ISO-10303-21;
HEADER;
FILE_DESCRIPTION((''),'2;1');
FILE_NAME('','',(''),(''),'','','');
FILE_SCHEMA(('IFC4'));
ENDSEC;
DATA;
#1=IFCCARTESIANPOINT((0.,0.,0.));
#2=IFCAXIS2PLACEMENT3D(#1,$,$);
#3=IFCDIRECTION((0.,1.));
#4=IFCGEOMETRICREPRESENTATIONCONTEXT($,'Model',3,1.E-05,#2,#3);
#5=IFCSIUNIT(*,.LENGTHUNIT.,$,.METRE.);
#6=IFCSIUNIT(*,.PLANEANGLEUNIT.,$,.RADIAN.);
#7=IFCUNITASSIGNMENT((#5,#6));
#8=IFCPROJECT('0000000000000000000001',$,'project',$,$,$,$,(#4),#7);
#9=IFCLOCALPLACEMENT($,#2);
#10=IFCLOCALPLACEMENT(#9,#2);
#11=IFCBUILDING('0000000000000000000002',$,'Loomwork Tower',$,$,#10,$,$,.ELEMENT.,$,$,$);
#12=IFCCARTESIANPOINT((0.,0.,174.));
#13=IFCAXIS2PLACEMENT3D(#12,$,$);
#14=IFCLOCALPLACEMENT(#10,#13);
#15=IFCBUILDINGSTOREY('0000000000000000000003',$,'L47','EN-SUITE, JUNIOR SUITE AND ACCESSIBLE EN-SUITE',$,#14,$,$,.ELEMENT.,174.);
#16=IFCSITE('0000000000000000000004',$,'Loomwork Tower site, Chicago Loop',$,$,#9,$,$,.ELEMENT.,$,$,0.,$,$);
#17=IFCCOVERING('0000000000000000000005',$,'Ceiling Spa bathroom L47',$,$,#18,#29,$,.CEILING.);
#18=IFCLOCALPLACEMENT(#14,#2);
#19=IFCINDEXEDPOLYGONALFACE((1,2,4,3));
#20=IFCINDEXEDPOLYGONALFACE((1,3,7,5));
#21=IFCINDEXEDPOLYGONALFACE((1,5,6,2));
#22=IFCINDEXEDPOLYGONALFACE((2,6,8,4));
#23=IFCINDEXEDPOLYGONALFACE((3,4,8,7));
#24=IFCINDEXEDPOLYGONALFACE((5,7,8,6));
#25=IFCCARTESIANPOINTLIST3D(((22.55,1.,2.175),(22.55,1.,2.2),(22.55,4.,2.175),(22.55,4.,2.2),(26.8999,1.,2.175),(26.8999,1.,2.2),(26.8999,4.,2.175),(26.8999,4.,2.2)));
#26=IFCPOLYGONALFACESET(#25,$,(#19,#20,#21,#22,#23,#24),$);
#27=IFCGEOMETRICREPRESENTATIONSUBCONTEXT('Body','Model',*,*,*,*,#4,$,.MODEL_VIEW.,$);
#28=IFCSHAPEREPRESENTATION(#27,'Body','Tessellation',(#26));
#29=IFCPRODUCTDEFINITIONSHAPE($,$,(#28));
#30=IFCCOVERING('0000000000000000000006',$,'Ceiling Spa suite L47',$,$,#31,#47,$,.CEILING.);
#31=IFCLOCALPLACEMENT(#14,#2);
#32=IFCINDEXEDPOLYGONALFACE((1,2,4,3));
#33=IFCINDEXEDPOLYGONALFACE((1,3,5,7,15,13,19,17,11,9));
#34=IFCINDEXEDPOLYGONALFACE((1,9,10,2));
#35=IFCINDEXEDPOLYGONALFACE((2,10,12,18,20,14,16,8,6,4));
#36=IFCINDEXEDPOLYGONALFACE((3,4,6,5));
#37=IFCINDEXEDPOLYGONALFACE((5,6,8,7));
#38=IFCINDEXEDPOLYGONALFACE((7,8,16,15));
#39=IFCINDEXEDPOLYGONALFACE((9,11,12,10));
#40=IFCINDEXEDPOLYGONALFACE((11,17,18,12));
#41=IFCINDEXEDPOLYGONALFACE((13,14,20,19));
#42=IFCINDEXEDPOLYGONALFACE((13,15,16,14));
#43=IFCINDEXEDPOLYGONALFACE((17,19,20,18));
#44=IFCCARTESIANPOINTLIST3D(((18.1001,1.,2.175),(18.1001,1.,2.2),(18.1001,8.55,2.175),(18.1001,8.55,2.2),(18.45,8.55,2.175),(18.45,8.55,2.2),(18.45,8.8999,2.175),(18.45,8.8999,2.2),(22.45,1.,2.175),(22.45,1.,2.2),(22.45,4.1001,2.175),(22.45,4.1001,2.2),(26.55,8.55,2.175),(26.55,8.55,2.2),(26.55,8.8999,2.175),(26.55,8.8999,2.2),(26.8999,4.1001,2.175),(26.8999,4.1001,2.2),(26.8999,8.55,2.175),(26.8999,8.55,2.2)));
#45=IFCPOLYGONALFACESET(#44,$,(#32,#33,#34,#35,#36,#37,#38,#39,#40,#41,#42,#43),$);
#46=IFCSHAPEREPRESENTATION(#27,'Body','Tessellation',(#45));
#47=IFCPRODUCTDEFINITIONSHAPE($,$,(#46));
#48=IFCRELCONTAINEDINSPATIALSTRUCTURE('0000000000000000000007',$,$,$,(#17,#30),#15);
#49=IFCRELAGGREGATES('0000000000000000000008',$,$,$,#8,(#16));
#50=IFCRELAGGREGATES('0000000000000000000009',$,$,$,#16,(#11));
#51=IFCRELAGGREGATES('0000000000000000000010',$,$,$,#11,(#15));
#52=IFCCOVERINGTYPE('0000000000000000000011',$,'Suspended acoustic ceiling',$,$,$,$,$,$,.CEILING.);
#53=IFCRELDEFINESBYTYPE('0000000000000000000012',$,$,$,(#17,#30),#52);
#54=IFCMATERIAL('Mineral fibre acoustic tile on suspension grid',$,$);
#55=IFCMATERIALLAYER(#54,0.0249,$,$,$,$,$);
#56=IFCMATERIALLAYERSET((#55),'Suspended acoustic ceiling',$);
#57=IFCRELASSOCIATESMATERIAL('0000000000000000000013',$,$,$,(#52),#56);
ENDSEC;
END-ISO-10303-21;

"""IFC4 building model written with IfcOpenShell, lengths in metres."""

from ifc_helpers import new_model, si_unit, direction, frame, origin, place, context, subcontext, project, spatial, polyline, outline, extrude, material, layer, layer_set, type_object, element, save


model = new_model("IFC4")

# Units and contexts
model_context = context("Model", 3, precision=1e-05, world=origin(), true_north=direction((0.0, 1.0)))
body_context = subcontext(model_context, "Body", "Model", "MODEL_VIEW")
ifc_project = project(units=[si_unit("LENGTHUNIT", "METRE"), si_unit("PLANEANGLEUNIT", "RADIAN")], contexts=[model_context])

# Site, building, storey
site_placement = place(None, origin())
site = spatial("IfcSite", under=ifc_project, at=site_placement, Name="Loomwork Tower site, Chicago Loop", CompositionType="ELEMENT", RefElevation=0.0)
building_placement = place(site_placement, origin())
building = spatial("IfcBuilding", under=site, at=building_placement, Name="Loomwork Tower", CompositionType="ELEMENT")
storey_placement = place(building_placement, frame((0.0, 0.0, 174.0)))
storey = spatial("IfcBuildingStorey", under=building, at=storey_placement, Name="L47", Description="EN-SUITE, JUNIOR SUITE AND ACCESSIBLE EN-SUITE", CompositionType="ELEMENT", Elevation=174.0)

# Coverings
ifc_material_1 = material(Name="Mineral fibre acoustic tile on suspension grid")
ifc_layer_1 = layer(ifc_material_1, 0.0249)
ifc_layer_set_1 = layer_set([ifc_layer_1], Name="Suspended acoustic ceiling")
covering_type_1 = type_object("IfcCoveringType", Name="Suspended acoustic ceiling", PredefinedType="CEILING", material=ifc_layer_set_1)
covering_1_placement = place(storey_placement, frame((0.0, 0.0, 2.175)))
element("IfcCovering", 1, at=covering_1_placement, inside=storey, type_object=covering_type_1, Name="Ceiling Spa bathroom L47", PredefinedType="CEILING", context=body_context, shape_type="SweptSolid", body=[
    extrude(outline(polyline([(26.8999, 4.0), (26.8999, 1.0), (22.55, 1.0), (22.55, 4.0), (26.8999, 4.0)])), origin(), (0.0, 0.0, 1.0), 0.0249),
])
covering_2_placement = place(storey_placement, frame((0.0, 0.0, 2.175)))
element("IfcCovering", 2, at=covering_2_placement, inside=storey, type_object=covering_type_1, Name="Ceiling Spa suite L47", PredefinedType="CEILING", context=body_context, shape_type="SweptSolid", body=[
    extrude(outline(polyline([(26.55, 8.8999), (26.55, 8.55), (26.8999, 8.55), (26.8999, 4.1001), (22.45, 4.1001), (22.45, 1.0), (18.1001, 1.0), (18.1001, 8.55), (18.45, 8.55), (18.45, 8.8999), (26.55, 8.8999)])), origin(), (0.0, 0.0, 1.0), 0.0249),
])

save(model, "model.ifc")
